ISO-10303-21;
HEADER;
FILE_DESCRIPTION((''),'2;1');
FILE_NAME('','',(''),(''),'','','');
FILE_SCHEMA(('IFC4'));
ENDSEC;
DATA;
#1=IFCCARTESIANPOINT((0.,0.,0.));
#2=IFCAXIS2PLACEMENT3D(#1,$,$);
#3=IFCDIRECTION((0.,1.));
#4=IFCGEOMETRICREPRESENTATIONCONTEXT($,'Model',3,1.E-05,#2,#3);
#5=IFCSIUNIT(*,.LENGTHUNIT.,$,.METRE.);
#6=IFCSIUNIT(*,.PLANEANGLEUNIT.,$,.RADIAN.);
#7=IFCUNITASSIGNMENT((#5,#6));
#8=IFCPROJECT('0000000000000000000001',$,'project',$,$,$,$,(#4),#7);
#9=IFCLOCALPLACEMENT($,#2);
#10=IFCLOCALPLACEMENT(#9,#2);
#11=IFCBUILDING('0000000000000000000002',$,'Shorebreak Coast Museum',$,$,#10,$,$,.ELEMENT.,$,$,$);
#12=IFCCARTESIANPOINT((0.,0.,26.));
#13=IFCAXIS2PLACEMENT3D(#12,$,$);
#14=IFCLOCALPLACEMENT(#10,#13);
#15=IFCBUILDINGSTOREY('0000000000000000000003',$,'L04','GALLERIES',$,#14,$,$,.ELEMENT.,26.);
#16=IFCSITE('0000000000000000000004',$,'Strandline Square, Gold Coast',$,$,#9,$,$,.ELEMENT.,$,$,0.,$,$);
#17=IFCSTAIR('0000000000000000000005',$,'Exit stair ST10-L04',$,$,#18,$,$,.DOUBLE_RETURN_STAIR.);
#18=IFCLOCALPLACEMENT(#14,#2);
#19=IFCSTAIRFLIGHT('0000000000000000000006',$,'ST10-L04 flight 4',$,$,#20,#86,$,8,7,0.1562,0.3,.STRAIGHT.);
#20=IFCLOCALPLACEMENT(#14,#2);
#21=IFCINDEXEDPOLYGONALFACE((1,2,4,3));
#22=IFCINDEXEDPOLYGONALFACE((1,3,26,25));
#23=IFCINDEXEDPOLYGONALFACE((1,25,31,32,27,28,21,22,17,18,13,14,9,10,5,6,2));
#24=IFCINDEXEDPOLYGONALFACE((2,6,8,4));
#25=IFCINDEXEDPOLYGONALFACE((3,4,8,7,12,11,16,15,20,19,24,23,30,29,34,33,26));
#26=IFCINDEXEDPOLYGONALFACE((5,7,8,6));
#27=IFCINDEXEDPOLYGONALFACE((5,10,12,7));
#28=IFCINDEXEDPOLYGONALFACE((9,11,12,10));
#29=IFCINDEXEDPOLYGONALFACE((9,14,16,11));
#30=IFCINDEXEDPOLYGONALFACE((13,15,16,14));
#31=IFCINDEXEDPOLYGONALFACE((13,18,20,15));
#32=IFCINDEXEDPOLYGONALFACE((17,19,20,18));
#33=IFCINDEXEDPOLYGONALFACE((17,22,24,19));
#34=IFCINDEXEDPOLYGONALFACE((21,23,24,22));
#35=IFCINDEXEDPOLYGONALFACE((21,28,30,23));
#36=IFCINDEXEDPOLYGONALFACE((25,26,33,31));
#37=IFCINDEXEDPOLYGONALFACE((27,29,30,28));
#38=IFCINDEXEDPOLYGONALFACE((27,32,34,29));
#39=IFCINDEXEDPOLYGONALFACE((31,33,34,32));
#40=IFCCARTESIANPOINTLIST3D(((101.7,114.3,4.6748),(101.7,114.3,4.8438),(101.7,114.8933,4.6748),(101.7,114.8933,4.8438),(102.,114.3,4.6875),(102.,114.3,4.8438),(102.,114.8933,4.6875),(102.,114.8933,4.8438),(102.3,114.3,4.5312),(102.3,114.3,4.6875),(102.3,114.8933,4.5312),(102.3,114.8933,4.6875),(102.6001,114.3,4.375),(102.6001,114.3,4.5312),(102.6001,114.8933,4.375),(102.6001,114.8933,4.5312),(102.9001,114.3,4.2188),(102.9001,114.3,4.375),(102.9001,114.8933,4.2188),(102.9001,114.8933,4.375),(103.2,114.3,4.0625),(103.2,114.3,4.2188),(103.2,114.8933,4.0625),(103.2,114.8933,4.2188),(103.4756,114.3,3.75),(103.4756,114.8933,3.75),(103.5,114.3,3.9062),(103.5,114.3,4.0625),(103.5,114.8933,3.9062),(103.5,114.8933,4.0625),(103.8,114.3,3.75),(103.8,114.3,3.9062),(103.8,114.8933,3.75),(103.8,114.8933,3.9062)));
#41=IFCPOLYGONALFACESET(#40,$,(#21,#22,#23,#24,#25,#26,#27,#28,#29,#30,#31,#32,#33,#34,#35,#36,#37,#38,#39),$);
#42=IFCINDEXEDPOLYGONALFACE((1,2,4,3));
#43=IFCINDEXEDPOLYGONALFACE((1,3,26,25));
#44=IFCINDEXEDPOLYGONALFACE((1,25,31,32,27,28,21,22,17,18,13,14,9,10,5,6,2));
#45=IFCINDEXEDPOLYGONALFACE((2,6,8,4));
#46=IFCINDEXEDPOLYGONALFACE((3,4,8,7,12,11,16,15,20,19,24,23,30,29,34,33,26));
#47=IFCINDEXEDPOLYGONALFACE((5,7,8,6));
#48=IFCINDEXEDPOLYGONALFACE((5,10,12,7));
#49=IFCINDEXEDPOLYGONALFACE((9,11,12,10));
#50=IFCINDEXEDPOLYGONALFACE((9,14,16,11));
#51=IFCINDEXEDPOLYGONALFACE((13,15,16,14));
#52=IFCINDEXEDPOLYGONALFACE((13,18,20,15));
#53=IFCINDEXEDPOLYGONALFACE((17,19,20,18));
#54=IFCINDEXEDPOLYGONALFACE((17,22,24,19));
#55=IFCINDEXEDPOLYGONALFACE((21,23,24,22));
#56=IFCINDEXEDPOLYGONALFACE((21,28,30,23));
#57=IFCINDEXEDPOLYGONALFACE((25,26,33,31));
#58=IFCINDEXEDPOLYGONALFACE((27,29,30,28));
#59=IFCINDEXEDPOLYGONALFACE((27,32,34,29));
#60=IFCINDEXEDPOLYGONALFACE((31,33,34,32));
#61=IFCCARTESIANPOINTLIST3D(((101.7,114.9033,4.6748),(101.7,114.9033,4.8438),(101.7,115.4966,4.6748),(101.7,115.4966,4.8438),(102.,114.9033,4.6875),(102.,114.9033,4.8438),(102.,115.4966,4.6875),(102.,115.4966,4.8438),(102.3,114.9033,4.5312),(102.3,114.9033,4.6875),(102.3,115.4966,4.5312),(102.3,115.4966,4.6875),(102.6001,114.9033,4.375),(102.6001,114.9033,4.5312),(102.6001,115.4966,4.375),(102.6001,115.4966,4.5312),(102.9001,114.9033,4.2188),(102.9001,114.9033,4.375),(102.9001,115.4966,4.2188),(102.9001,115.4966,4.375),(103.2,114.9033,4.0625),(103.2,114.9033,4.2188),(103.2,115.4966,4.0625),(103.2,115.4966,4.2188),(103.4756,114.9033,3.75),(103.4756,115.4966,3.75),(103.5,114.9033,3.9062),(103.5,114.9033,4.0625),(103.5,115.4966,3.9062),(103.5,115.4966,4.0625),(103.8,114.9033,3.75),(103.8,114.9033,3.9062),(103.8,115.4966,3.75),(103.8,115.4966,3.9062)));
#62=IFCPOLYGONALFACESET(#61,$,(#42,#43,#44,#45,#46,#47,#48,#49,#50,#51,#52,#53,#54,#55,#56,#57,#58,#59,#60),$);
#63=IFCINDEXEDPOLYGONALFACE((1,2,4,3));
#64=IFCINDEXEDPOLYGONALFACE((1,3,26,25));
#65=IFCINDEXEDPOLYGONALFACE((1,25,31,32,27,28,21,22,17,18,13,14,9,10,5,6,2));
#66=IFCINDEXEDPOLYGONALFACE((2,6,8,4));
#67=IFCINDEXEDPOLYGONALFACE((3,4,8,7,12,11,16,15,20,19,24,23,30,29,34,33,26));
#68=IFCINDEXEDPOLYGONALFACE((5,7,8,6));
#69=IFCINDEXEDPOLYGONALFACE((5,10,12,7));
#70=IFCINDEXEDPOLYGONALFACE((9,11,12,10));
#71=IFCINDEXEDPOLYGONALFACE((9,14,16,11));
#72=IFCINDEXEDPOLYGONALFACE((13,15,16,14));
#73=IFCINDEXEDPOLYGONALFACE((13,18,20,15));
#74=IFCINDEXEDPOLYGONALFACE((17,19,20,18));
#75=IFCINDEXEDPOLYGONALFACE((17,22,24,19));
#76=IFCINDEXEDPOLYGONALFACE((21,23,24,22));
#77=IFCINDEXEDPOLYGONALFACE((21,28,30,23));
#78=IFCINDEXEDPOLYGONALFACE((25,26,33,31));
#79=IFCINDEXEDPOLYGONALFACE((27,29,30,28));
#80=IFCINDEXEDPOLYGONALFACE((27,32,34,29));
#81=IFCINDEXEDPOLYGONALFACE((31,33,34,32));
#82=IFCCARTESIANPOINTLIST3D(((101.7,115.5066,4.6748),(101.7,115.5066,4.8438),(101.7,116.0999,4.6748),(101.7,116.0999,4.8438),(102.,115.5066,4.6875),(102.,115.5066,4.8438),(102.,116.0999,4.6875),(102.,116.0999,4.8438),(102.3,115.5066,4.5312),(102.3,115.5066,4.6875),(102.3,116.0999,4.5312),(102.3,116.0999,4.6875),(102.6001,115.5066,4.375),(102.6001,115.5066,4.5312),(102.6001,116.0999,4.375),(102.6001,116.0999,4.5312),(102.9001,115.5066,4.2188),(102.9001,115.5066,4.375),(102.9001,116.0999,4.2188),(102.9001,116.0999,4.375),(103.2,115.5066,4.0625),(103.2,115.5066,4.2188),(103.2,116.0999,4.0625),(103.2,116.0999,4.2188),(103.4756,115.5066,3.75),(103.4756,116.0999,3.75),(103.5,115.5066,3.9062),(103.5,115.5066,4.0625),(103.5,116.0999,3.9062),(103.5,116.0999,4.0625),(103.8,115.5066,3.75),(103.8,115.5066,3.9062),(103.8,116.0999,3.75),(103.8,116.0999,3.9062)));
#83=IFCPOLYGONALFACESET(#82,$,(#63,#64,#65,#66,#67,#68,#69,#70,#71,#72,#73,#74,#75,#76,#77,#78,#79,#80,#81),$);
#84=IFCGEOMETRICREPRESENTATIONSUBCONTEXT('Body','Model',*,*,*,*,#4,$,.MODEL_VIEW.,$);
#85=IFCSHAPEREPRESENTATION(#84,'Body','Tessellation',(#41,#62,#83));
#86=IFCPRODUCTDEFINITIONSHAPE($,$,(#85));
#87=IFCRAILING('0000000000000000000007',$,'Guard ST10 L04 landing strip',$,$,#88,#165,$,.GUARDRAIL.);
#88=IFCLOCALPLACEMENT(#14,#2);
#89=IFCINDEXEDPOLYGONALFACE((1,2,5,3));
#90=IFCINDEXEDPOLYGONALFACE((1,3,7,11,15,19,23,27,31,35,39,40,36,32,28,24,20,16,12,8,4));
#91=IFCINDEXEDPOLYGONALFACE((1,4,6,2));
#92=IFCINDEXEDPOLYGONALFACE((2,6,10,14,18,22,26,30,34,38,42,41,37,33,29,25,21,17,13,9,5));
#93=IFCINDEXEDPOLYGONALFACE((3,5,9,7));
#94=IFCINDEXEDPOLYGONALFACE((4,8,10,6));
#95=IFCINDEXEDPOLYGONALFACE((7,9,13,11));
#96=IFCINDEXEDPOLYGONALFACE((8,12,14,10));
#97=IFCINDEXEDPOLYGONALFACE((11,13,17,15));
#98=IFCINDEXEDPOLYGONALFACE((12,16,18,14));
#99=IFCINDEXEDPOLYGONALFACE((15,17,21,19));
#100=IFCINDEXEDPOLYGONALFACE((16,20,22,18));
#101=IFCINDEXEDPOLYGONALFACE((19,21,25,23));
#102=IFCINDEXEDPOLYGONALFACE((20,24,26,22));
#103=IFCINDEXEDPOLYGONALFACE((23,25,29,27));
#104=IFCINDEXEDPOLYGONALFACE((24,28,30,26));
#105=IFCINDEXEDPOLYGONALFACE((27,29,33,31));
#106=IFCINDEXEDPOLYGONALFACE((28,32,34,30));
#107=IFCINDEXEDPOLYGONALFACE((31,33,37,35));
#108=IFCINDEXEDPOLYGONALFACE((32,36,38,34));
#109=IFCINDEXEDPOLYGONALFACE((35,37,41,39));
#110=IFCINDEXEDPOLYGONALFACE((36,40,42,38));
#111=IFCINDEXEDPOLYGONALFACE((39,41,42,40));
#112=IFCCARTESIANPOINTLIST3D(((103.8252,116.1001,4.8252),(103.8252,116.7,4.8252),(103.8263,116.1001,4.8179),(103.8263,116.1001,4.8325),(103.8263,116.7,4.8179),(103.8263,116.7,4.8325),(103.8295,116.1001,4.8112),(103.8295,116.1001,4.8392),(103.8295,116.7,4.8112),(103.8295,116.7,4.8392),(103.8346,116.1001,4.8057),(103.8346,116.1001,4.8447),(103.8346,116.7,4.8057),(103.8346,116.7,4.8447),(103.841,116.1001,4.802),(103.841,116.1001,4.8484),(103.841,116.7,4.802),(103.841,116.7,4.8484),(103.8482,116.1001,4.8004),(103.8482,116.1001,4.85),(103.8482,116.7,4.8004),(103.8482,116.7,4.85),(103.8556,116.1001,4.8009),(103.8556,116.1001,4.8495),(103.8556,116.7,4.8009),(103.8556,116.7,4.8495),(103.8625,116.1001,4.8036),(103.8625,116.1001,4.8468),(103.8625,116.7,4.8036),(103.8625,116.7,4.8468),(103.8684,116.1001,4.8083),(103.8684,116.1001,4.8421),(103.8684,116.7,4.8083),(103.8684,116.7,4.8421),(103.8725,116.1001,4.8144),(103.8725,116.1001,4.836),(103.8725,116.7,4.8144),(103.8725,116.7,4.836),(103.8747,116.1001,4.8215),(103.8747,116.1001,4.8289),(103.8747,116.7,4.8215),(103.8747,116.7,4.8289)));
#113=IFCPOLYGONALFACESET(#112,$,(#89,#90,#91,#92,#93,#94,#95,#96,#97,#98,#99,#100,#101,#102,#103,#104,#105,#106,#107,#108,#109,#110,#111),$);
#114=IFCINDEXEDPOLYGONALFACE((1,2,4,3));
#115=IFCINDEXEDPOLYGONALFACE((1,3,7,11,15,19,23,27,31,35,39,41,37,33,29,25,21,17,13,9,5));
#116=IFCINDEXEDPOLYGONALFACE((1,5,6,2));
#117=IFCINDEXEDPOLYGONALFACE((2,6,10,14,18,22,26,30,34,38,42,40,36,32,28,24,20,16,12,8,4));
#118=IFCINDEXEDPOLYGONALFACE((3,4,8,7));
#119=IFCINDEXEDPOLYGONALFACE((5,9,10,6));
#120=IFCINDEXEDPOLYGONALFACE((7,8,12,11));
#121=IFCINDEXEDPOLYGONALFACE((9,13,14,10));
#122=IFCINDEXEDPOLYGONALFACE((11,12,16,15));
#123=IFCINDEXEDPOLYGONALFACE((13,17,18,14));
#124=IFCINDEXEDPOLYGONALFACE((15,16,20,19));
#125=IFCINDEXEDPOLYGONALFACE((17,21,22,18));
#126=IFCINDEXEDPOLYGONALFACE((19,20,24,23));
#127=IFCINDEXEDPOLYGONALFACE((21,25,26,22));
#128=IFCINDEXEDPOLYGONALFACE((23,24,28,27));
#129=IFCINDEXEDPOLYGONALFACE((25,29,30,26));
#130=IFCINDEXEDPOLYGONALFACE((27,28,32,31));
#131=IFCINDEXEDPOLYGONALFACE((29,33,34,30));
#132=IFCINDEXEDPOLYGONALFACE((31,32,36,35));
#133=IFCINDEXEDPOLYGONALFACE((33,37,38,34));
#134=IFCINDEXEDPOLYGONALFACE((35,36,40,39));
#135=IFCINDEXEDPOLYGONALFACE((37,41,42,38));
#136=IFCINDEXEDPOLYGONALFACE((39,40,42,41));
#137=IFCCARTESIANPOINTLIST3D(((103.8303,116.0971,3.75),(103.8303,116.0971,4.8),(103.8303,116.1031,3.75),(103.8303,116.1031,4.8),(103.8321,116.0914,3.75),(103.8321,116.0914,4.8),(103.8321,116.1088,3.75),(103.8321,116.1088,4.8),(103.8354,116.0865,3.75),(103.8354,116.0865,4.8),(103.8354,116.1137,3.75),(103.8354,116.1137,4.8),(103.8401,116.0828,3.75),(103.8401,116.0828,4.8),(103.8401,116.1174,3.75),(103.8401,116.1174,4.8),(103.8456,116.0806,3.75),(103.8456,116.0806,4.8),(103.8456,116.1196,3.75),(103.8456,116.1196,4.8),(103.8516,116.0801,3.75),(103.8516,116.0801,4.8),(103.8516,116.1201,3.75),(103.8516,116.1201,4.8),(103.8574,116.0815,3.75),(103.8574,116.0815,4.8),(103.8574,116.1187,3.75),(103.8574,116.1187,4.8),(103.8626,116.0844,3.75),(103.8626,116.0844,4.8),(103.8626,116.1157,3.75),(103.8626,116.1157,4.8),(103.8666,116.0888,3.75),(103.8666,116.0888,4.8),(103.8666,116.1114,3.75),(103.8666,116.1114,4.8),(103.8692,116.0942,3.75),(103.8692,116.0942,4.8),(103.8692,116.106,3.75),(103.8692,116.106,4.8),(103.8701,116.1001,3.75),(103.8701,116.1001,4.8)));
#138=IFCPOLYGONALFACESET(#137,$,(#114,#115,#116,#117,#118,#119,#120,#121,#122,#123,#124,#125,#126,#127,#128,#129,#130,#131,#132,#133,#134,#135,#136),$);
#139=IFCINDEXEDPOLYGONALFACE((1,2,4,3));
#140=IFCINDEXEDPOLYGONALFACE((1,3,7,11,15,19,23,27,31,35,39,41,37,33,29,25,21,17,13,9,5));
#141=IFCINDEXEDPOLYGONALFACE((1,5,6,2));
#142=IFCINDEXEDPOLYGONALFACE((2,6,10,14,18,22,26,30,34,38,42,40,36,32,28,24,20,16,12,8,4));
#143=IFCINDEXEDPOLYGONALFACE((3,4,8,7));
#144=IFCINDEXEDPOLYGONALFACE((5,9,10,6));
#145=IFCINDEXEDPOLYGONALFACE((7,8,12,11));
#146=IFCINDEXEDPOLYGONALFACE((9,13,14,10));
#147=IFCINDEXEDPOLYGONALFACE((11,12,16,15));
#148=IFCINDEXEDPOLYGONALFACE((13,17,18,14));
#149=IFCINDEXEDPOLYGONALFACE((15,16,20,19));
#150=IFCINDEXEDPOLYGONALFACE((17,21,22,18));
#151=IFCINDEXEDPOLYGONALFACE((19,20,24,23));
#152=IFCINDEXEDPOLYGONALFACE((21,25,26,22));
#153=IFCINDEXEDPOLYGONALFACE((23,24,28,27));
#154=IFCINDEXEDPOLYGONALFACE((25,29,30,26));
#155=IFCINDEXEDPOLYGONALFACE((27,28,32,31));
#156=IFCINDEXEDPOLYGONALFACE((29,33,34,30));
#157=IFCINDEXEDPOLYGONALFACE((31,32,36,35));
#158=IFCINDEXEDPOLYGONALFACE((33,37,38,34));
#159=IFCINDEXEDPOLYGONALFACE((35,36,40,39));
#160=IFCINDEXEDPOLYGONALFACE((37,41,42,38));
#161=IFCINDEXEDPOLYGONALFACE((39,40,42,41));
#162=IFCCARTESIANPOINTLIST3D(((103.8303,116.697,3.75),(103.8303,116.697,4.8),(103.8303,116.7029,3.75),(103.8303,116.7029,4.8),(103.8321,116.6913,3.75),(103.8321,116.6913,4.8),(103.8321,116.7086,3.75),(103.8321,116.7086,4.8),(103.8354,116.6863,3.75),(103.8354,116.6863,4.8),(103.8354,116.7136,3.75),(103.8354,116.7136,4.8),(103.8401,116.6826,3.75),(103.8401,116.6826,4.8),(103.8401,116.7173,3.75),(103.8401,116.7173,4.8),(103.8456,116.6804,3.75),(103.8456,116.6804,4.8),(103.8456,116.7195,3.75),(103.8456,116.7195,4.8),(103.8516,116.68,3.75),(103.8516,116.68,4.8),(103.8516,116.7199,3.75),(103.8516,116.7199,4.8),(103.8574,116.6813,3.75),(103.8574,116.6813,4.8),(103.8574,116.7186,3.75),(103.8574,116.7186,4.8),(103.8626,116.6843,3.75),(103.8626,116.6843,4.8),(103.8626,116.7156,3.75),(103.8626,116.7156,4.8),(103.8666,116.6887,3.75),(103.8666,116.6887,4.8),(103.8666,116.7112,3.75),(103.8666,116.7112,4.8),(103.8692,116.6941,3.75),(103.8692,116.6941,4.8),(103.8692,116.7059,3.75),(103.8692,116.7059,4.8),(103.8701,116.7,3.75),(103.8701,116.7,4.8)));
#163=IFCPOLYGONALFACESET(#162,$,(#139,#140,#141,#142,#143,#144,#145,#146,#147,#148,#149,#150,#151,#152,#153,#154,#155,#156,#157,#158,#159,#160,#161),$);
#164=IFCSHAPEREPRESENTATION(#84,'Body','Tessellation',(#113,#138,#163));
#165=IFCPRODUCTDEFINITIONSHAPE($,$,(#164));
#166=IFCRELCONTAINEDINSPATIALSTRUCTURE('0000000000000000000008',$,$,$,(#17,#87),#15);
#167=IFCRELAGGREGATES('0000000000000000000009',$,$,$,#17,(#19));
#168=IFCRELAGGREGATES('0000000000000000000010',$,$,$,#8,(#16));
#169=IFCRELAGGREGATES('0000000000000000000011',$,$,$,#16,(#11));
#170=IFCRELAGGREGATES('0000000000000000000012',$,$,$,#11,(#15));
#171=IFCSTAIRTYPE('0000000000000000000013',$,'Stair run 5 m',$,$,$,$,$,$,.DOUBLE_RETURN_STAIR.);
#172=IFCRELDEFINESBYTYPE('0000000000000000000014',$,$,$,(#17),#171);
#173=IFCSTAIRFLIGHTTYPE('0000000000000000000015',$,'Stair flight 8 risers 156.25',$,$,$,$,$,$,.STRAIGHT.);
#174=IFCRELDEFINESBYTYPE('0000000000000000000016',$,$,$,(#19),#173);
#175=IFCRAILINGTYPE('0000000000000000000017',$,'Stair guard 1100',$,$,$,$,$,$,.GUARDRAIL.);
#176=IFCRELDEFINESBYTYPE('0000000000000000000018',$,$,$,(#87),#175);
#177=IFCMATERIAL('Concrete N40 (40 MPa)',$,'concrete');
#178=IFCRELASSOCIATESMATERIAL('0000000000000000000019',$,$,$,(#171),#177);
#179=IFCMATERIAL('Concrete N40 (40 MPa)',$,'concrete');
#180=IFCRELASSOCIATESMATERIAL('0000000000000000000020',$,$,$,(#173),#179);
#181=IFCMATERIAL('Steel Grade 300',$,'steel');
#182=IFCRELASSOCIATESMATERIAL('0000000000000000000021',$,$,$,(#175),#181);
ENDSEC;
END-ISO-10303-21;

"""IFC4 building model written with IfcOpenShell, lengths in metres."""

from ifc_helpers import new_model, si_unit, direction, frame, origin, origin_2d, place, context, subcontext, project, spatial, polyline, circle, outline, extrude, material, type_object, element, aggregate, save


model = new_model("IFC4")

# Units and contexts
model_context = context("Model", 3, precision=1e-05, world=origin(), true_north=direction((0.0, 1.0)))
body_context = subcontext(model_context, "Body", "Model", "MODEL_VIEW")
ifc_project = project(units=[si_unit("LENGTHUNIT", "METRE"), si_unit("PLANEANGLEUNIT", "RADIAN")], contexts=[model_context])

# Site, building, storey
site_placement = place(None, origin())
site = spatial("IfcSite", under=ifc_project, at=site_placement, Name="Strandline Square, Gold Coast", CompositionType="ELEMENT", RefElevation=0.0)
building_placement = place(site_placement, origin())
building = spatial("IfcBuilding", under=site, at=building_placement, Name="Shorebreak Coast Museum", CompositionType="ELEMENT")
storey_placement = place(building_placement, frame((0.0, 0.0, 26.0)))
storey = spatial("IfcBuildingStorey", under=building, at=storey_placement, Name="L04", Description="GALLERIES", CompositionType="ELEMENT", Elevation=26.0)

# Stair, stair flight
ifc_material_1 = material(Name="Concrete N40 (40 MPa)", Category="concrete")
stair_type = type_object("IfcStairType", Name="Stair run 5 m", PredefinedType="DOUBLE_RETURN_STAIR", material=ifc_material_1)
stair_placement = place(storey_placement, origin())
stair = element("IfcStair", 1, at=stair_placement, inside=storey, type_object=stair_type, Name="Exit stair ST10-L04", PredefinedType="DOUBLE_RETURN_STAIR")
ifc_material_2 = material(Name="Concrete N40 (40 MPa)", Category="concrete")
stair_flight_type = type_object("IfcStairFlightType", Name="Stair flight 8 risers 156.25", PredefinedType="STRAIGHT", material=ifc_material_2)
stair_flight_1_placement = place(storey_placement, frame((103.8, 115.2, 3.75), z_axis=(0.0, 0.0, 1.0), x_axis=(-1.0, 0.0, 0.0)))
stair_flight_1 = element("IfcStairFlight", 2, at=stair_flight_1_placement, type_object=stair_flight_type, Name="ST10-L04 flight 4", NumberOfRisers=8, NumberOfTreads=7, PredefinedType="STRAIGHT", RiserHeight=0.1562, TreadLength=0.3, context=body_context, shape_type="SweptSolid", body=[
    extrude(outline(polyline([(0.0, 0.0), (0.0, 0.1562), (0.3, 0.1562), (0.3, 0.3125), (0.6001, 0.3125), (0.6001, 0.4688), (0.8999, 0.4688), (0.8999, 0.625), (1.2, 0.625), (1.2, 0.7812), (1.5, 0.7812), (1.5, 0.9375), (1.8, 0.9375), (1.8, 1.0938), (2.1001, 1.0938), (2.1001, 1.25), (2.1001, 0.9248), (0.3245, 0.0), (0.0, 0.0)])), frame((0.0, 0.8999, 0.0), z_axis=(0.0, -1.0, 0.0), x_axis=(1.0, 0.0, 0.0)), (0.0, 0.0, 1.0), 0.5933),
    extrude(outline(polyline([(0.0, 0.0), (0.0, 0.1562), (0.3, 0.1562), (0.3, 0.3125), (0.6001, 0.3125), (0.6001, 0.4688), (0.8999, 0.4688), (0.8999, 0.625), (1.2, 0.625), (1.2, 0.7812), (1.5, 0.7812), (1.5, 0.9375), (1.8, 0.9375), (1.8, 1.0938), (2.1001, 1.0938), (2.1001, 1.25), (2.1001, 0.9248), (0.3245, 0.0), (0.0, 0.0)])), frame((0.0, 0.2966, 0.0), z_axis=(0.0, -1.0, 0.0), x_axis=(1.0, 0.0, 0.0)), (0.0, 0.0, 1.0), 0.5933),
    extrude(outline(polyline([(0.0, 0.0), (0.0, 0.1562), (0.3, 0.1562), (0.3, 0.3125), (0.6001, 0.3125), (0.6001, 0.4688), (0.8999, 0.4688), (0.8999, 0.625), (1.2, 0.625), (1.2, 0.7812), (1.5, 0.7812), (1.5, 0.9375), (1.8, 0.9375), (1.8, 1.0938), (2.1001, 1.0938), (2.1001, 1.25), (2.1001, 0.9248), (0.3245, 0.0), (0.0, 0.0)])), frame((0.0, -0.3066, 0.0), z_axis=(0.0, -1.0, 0.0), x_axis=(1.0, 0.0, 0.0)), (0.0, 0.0, 1.0), 0.5933),
])
aggregate(stair, [stair_flight_1])

# Railing
ifc_material_3 = material(Name="Steel Grade 300", Category="steel")
railing_type_1 = type_object("IfcRailingType", Name="Stair guard 1100", PredefinedType="GUARDRAIL", material=ifc_material_3)
railing_placement = place(storey_placement, frame((103.8501, 116.1001, 3.75)))
element("IfcRailing", 3, at=railing_placement, inside=storey, type_object=railing_type_1, Name="Guard ST10 L04 landing strip", PredefinedType="GUARDRAIL", context=body_context, shape_type="SweptSolid", body=[
    extrude(circle(Radius=0.0249, at=origin_2d()), frame((0.0, 0.0, 1.0752), z_axis=(0.0, 1.0, 0.0), x_axis=(-1.0, 0.0, 0.0)), (0.0, 0.0, 1.0), 0.5999),
    extrude(circle(Radius=0.02, at=origin_2d()), origin(), (0.0, 0.0, 1.0), 1.05),
    extrude(circle(Radius=0.02, at=origin_2d()), frame((0.0, 0.5999, 0.0)), (0.0, 0.0, 1.0), 1.05),
])

save(model, "model.ifc")
